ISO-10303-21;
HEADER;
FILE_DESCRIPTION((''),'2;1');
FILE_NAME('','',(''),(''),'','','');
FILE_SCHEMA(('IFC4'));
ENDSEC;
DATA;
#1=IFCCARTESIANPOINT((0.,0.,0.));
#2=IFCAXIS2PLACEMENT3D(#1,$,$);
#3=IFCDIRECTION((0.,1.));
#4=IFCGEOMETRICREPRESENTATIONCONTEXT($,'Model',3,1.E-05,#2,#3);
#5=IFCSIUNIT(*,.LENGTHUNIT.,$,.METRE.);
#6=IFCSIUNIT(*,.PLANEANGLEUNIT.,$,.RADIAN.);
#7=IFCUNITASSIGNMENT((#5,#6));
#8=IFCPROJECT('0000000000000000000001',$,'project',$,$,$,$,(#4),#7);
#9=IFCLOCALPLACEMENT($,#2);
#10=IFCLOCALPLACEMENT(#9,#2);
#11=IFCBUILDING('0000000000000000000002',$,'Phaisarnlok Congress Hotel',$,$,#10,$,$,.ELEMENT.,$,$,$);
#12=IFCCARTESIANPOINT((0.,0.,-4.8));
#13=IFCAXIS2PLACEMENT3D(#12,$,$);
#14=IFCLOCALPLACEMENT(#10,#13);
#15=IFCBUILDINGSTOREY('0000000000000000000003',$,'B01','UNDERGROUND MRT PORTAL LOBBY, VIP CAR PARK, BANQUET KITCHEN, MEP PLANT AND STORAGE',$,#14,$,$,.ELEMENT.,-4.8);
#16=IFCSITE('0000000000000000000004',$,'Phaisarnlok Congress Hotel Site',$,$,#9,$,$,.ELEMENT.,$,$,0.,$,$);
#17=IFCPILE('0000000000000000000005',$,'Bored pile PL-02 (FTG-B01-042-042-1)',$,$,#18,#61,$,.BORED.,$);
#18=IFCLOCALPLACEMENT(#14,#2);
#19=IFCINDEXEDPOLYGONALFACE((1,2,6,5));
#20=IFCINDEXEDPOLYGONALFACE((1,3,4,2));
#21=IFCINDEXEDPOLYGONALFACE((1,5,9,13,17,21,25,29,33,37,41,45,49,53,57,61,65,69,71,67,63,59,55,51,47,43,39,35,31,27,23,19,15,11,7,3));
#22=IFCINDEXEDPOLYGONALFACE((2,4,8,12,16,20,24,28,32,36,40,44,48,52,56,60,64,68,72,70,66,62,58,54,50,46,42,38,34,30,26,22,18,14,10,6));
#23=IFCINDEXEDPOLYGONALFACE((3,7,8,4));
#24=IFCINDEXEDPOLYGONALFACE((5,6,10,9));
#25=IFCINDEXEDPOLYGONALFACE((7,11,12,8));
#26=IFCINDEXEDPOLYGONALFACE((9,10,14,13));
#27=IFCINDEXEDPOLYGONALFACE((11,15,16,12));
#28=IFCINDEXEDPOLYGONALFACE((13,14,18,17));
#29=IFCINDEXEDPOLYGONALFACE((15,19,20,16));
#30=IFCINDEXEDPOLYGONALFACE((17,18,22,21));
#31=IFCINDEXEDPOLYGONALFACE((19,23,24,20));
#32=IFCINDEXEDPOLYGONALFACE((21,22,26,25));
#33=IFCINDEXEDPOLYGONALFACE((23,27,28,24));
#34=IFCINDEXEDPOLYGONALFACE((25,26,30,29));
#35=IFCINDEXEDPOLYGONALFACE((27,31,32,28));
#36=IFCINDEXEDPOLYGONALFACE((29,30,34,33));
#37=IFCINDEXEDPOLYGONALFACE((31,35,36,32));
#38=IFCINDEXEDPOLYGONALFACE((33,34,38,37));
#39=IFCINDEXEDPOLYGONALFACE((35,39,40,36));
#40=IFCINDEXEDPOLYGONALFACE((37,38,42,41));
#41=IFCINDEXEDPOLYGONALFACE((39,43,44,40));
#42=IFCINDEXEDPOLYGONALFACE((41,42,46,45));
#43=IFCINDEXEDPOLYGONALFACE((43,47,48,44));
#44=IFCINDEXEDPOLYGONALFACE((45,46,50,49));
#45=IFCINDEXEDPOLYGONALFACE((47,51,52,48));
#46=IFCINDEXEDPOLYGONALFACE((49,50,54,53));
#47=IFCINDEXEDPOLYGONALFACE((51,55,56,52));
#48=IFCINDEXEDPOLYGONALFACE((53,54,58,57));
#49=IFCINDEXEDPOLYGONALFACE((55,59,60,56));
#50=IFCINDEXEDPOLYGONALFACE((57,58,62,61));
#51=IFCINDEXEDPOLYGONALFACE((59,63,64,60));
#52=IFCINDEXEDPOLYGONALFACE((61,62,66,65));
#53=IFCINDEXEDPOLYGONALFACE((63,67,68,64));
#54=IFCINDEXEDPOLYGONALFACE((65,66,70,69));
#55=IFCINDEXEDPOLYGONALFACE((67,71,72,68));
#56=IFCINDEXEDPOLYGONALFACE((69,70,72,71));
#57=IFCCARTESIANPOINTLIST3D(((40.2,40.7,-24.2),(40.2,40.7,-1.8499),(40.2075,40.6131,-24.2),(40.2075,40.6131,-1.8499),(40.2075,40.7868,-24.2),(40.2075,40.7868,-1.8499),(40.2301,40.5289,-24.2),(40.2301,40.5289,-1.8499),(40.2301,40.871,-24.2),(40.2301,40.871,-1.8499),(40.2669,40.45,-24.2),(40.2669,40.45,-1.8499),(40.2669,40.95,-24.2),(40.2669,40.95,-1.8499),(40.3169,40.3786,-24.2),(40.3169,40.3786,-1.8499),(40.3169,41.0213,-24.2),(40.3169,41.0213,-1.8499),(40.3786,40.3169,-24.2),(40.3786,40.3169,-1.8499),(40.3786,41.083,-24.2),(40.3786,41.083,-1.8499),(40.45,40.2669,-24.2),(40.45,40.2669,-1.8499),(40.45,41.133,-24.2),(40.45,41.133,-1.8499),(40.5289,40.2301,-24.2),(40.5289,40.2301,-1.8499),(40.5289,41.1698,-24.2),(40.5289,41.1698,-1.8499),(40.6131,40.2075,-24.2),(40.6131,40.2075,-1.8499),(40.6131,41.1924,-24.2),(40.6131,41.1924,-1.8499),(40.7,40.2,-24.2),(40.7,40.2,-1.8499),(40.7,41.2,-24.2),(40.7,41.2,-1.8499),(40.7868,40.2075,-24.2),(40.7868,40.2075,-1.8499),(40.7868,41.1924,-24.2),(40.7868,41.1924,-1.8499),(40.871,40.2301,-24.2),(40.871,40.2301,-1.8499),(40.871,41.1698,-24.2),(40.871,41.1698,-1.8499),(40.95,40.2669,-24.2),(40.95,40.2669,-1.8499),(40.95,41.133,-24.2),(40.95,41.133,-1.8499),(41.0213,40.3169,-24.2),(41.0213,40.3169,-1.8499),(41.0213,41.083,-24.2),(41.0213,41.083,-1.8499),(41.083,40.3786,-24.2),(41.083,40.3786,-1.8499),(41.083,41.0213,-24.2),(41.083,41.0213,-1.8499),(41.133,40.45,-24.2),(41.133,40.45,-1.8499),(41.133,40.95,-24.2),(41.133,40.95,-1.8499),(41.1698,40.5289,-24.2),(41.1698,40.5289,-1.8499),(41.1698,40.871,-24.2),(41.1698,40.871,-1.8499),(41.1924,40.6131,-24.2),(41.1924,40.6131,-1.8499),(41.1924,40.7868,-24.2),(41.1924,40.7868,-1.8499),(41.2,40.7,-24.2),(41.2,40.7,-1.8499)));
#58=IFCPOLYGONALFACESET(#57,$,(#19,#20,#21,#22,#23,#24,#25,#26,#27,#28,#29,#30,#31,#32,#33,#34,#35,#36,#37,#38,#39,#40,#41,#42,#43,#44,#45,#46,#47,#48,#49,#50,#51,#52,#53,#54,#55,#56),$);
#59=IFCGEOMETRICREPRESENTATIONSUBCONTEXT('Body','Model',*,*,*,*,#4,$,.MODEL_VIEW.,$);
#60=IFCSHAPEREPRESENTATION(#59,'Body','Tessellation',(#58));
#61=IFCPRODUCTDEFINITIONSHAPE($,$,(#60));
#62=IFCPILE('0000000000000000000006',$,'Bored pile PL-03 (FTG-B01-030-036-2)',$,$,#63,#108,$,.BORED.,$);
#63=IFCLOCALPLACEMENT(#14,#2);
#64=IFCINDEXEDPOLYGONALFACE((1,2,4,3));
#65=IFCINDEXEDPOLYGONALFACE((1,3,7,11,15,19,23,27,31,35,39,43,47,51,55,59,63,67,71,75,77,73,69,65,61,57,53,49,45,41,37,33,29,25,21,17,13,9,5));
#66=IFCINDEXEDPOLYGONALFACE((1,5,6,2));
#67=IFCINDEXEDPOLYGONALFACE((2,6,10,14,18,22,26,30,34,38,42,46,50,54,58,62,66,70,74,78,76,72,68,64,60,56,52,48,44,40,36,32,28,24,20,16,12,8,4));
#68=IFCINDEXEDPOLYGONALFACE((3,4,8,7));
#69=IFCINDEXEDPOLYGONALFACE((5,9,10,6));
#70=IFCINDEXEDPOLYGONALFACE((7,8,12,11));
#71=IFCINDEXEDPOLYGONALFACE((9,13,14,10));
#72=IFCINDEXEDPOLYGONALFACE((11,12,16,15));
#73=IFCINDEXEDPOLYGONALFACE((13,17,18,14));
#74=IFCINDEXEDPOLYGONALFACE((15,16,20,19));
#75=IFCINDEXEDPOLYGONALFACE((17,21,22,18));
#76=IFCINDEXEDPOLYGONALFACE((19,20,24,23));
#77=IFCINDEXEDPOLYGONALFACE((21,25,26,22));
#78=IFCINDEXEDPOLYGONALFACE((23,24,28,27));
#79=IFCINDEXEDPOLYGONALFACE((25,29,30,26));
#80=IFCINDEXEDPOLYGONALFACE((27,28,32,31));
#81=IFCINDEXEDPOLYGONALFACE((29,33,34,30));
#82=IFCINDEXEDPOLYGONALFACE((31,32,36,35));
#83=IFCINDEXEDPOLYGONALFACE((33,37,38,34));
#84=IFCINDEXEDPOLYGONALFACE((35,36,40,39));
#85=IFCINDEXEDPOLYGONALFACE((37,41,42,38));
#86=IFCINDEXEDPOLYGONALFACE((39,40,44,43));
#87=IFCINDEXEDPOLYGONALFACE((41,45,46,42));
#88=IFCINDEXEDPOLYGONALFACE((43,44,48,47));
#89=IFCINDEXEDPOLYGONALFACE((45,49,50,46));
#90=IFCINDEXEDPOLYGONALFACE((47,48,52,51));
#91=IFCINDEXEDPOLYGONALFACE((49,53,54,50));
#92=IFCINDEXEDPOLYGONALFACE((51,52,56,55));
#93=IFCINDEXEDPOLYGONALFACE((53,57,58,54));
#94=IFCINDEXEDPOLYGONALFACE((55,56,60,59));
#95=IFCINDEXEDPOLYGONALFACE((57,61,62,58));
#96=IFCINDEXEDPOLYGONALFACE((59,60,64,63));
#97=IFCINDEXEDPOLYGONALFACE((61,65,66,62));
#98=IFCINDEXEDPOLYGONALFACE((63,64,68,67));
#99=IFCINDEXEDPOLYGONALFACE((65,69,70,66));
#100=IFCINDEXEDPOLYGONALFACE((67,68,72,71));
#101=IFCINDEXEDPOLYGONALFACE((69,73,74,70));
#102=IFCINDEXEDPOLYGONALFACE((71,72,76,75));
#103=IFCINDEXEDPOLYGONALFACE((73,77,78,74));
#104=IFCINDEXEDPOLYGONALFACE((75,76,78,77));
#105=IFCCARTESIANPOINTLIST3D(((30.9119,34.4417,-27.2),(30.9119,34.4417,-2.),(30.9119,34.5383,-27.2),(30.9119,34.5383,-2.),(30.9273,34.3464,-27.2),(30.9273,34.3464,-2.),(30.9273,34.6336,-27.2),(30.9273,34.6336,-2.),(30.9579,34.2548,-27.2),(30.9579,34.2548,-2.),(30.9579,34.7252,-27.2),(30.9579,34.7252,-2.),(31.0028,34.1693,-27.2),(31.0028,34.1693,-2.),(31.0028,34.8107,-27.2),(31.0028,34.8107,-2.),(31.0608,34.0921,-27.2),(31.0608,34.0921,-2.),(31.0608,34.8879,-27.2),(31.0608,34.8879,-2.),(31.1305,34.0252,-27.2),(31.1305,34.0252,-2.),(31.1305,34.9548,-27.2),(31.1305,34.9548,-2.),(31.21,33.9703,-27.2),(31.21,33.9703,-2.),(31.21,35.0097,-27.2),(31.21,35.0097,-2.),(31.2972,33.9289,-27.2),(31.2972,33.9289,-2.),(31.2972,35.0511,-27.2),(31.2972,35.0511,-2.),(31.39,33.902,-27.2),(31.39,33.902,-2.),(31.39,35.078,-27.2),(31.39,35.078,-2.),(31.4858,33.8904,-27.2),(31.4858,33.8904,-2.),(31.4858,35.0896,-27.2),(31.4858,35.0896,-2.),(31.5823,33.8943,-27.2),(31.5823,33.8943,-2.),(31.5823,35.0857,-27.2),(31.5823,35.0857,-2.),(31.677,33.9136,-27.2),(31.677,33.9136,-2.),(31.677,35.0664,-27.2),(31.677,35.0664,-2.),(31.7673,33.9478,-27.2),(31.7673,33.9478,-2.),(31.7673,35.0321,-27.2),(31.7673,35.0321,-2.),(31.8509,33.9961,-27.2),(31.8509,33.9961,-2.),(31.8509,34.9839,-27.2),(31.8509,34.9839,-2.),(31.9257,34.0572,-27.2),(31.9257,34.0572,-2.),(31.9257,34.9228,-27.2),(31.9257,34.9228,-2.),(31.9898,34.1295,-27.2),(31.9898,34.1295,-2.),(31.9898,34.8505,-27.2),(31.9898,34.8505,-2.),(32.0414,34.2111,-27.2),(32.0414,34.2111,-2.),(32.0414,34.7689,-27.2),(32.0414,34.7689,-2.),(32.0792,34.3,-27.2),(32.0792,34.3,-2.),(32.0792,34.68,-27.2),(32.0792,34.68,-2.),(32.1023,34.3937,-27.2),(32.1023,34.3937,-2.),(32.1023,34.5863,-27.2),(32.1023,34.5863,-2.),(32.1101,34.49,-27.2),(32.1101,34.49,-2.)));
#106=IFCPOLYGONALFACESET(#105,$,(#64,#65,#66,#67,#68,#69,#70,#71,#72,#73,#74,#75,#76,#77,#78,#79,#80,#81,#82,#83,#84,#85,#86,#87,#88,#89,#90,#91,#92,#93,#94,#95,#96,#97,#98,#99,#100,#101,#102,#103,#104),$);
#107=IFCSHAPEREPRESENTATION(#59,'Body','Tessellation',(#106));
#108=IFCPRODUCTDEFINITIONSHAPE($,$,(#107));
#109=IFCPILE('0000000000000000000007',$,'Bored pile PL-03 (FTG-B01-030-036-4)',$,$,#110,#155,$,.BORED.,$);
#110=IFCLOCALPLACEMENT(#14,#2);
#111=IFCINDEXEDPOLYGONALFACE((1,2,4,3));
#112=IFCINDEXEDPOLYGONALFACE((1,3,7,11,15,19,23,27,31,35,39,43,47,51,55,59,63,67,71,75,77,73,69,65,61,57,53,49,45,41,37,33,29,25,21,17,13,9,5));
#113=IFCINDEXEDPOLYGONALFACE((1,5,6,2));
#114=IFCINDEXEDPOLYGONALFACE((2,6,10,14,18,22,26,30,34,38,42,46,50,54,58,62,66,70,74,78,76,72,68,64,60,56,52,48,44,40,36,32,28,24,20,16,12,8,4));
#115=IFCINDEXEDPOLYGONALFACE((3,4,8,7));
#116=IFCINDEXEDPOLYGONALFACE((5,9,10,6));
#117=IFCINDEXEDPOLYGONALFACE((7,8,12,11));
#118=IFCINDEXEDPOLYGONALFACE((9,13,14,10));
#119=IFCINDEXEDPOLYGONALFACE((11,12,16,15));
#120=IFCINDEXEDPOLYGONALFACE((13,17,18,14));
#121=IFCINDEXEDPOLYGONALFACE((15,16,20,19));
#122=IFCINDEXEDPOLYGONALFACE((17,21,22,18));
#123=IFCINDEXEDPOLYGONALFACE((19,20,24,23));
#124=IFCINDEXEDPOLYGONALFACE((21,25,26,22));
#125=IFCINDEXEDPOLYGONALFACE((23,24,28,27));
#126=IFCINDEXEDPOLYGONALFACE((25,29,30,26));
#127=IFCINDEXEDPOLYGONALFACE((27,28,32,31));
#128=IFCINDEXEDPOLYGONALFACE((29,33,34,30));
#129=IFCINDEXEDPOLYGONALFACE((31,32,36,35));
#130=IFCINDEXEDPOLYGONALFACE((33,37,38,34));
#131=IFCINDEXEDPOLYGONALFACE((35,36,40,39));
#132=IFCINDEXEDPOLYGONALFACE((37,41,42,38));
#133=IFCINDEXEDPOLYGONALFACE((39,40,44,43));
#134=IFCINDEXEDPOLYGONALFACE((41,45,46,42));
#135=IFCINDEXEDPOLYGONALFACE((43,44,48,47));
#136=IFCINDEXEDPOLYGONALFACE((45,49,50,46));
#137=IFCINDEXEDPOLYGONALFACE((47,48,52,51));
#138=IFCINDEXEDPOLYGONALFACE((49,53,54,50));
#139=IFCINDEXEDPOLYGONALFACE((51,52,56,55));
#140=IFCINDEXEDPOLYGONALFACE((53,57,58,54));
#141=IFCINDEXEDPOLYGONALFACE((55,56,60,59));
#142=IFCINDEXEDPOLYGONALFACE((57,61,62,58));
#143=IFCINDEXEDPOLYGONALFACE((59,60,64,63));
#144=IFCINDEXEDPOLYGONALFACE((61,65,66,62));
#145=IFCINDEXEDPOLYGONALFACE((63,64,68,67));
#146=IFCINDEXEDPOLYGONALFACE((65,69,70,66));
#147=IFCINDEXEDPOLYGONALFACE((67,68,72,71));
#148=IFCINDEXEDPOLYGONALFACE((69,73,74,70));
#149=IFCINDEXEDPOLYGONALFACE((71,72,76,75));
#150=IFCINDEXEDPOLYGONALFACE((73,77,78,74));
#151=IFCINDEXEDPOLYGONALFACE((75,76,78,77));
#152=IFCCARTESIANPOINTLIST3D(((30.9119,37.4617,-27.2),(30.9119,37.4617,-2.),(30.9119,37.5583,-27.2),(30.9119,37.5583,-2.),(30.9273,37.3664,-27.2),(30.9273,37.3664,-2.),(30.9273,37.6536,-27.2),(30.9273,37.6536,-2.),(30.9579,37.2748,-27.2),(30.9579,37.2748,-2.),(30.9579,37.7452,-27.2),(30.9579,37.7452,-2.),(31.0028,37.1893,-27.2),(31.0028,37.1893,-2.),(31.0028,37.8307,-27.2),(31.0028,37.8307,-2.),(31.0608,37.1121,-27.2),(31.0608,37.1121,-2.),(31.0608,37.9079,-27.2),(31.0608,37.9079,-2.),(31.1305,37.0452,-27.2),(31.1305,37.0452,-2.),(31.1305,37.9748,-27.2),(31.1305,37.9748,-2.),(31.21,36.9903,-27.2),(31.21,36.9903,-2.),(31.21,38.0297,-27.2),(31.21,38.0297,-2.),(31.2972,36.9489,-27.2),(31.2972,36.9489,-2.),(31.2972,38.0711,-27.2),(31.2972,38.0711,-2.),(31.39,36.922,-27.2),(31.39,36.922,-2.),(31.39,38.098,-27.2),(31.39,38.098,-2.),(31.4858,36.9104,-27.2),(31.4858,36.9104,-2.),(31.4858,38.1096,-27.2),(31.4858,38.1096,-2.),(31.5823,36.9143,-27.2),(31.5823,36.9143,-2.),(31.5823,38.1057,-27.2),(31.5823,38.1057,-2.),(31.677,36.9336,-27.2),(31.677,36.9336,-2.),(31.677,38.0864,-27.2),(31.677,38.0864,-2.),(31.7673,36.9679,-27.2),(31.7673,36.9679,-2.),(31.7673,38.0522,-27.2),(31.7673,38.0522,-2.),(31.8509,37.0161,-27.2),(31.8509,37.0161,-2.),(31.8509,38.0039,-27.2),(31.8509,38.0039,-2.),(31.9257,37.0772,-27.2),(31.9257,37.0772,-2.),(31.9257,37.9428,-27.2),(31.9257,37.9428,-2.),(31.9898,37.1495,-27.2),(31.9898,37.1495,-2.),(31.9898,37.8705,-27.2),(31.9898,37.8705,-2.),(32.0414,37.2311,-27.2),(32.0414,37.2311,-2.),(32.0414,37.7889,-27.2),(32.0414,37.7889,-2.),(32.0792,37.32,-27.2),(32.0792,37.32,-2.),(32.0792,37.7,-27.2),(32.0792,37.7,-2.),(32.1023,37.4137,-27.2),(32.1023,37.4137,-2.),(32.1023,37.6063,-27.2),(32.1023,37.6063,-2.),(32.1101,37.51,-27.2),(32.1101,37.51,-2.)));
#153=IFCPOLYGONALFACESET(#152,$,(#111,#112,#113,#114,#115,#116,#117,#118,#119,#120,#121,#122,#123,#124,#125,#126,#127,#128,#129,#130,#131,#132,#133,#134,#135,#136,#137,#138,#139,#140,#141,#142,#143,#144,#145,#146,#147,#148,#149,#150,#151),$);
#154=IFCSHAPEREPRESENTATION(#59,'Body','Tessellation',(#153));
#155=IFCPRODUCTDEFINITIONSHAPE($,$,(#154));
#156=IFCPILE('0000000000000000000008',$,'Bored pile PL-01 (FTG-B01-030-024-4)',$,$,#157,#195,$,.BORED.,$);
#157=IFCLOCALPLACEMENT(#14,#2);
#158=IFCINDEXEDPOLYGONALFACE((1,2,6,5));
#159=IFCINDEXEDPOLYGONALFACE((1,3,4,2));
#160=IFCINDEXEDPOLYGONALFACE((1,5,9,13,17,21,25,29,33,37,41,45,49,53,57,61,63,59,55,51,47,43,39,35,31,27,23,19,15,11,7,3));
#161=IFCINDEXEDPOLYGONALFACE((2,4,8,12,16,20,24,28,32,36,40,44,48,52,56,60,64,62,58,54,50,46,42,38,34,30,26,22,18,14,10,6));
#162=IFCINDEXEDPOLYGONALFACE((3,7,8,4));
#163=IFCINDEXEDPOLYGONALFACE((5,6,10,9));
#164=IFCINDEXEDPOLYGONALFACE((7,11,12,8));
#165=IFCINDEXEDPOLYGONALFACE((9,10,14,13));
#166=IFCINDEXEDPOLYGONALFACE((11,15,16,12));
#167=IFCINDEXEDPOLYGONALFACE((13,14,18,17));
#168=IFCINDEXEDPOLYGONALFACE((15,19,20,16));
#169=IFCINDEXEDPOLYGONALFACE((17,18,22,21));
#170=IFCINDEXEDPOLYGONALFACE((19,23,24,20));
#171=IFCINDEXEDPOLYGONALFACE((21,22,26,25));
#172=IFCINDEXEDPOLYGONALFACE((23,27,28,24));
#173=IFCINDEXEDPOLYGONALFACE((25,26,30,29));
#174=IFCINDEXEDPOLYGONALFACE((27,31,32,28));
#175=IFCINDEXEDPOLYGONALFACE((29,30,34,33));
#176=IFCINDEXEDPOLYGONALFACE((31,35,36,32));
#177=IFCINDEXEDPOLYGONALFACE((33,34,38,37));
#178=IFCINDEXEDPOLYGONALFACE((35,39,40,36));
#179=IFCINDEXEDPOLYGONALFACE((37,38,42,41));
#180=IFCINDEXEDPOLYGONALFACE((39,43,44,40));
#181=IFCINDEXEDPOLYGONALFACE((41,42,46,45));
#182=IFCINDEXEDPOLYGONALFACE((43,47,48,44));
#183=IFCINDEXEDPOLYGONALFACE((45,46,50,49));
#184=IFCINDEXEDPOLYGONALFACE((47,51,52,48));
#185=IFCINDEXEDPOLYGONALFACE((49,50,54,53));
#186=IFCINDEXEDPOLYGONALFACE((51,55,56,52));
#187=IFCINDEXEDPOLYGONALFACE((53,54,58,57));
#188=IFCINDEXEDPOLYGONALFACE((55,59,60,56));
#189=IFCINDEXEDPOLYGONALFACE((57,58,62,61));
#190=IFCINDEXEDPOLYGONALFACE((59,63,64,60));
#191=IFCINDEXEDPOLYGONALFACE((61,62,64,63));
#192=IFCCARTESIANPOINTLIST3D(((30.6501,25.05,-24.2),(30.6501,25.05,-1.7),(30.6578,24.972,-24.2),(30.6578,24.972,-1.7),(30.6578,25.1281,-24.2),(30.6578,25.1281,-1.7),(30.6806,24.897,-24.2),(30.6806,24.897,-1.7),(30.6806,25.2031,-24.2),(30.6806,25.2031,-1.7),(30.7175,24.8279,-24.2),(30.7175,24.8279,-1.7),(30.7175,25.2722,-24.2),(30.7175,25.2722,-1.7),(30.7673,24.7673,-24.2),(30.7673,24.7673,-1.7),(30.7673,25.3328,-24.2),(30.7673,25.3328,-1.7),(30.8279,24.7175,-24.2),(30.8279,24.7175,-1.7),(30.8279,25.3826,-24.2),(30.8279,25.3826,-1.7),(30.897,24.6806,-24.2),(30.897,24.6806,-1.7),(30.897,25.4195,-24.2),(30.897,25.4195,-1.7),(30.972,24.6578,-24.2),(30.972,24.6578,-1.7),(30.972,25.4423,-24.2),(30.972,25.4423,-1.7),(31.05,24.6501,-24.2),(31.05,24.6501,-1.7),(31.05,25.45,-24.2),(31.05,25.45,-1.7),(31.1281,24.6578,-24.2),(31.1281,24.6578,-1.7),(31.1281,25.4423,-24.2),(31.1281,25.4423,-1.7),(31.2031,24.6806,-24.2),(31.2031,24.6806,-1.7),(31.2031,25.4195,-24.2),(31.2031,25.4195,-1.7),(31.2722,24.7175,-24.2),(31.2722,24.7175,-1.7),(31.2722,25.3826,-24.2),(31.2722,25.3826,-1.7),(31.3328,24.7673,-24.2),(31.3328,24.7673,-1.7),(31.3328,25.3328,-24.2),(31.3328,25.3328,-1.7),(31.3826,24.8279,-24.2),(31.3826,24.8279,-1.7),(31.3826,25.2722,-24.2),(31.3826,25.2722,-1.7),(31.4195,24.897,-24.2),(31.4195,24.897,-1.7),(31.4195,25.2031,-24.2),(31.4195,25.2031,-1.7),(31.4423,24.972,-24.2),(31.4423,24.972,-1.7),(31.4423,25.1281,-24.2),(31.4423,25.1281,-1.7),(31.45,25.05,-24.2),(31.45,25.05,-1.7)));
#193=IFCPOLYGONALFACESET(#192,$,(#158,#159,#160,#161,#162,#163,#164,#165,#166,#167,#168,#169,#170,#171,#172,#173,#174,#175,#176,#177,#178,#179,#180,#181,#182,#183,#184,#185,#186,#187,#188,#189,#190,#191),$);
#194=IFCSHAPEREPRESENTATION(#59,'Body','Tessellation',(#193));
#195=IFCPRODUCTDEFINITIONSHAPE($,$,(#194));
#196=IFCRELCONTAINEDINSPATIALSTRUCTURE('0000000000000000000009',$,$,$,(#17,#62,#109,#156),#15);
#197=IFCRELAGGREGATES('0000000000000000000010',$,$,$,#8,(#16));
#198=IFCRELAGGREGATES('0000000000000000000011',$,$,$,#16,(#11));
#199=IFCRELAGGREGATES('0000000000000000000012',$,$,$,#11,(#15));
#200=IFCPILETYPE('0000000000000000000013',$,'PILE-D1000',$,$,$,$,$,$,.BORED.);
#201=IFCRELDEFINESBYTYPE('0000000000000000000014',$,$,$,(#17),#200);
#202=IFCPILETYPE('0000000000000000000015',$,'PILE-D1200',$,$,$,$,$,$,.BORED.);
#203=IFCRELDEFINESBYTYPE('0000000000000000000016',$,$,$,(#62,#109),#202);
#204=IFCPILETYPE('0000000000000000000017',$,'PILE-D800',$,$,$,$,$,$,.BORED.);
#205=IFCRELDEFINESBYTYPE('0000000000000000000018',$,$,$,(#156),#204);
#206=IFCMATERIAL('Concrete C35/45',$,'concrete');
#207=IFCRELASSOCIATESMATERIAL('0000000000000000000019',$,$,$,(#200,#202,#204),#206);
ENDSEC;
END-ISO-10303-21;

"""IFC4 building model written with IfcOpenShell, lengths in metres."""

from ifc_helpers import new_model, si_unit, direction, frame, origin, origin_2d, place, context, subcontext, project, spatial, circle, extrude, material, material_profile, profile_set, type_object, element, save


model = new_model("IFC4")

# Units and contexts
model_context = context("Model", 3, precision=1e-05, world=origin(), true_north=direction((0.0, 1.0)))
body_context = subcontext(model_context, "Body", "Model", "MODEL_VIEW")
ifc_project = project(units=[si_unit("LENGTHUNIT", "METRE"), si_unit("PLANEANGLEUNIT", "RADIAN")], contexts=[model_context])

# Site, building, storey
site_placement = place(None, origin())
site = spatial("IfcSite", under=ifc_project, at=site_placement, Name="Phaisarnlok Congress Hotel Site", CompositionType="ELEMENT", RefElevation=0.0)
building_placement = place(site_placement, origin())
building = spatial("IfcBuilding", under=site, at=building_placement, Name="Phaisarnlok Congress Hotel", CompositionType="ELEMENT")
storey_placement = place(building_placement, frame((0.0, 0.0, -4.8)))
storey = spatial("IfcBuildingStorey", under=building, at=storey_placement, Name="B01", Description="UNDERGROUND MRT PORTAL LOBBY, VIP CAR PARK, BANQUET KITCHEN, MEP PLANT AND STORAGE", CompositionType="ELEMENT", Elevation=-4.8)

# Piles
ifc_material_1 = material(Name="Concrete C35/45", Category="concrete")
ifc_material_profile_1 = material_profile(ifc_material_1, circle(Radius=0.5, at=origin_2d()), Name="BORED PILE D1000")
ifc_profile_set_1 = profile_set([ifc_material_profile_1], Name="Concrete C35/45")
pile_type_1 = type_object("IfcPileType", Name="PILE-D1000", PredefinedType="BORED", material=ifc_profile_set_1)
for number, where, z_axis, x_axis, name in (
    (1, (40.7, 40.7, -1.8499), (0.0, 0.0, -1.0), (1.0, 0.0, 0.0), "Bored pile PL-02 (FTG-B01-042-042-1)"),
):
    element("IfcPile", number, at=place(storey_placement, frame(where, z_axis=z_axis, x_axis=x_axis)), inside=storey, type_object=pile_type_1, Name=name, PredefinedType="BORED", context=body_context, shape_type="SweptSolid", body=[
        extrude(circle(Radius=0.5, at=origin_2d()), origin(), (0.0, 0.0, 1.0), 22.3501),
    ])
ifc_material_profile_2 = material_profile(ifc_material_1, circle(Radius=0.6001, at=origin_2d()), Name="BORED PILE D1200")
ifc_profile_set_2 = profile_set([ifc_material_profile_2], Name="Concrete C35/45")
pile_type_2 = type_object("IfcPileType", Name="PILE-D1200", PredefinedType="BORED", material=ifc_profile_set_2)
for number, where, z_axis, x_axis, name in (
    (2, (31.51, 34.49, -2.0), (0.0, 0.0, -1.0), (1.0, 0.0, 0.0), "Bored pile PL-03 (FTG-B01-030-036-2)"),
    (3, (31.51, 37.51, -2.0), (0.0, 0.0, -1.0), (1.0, 0.0, 0.0), "Bored pile PL-03 (FTG-B01-030-036-4)"),
):
    element("IfcPile", number, at=place(storey_placement, frame(where, z_axis=z_axis, x_axis=x_axis)), inside=storey, type_object=pile_type_2, Name=name, PredefinedType="BORED", context=body_context, shape_type="SweptSolid", body=[
        extrude(circle(Radius=0.6001, at=origin_2d()), origin(), (0.0, 0.0, 1.0), 25.2),
    ])
ifc_material_profile_3 = material_profile(ifc_material_1, circle(Radius=0.3999, at=origin_2d()), Name="BORED PILE D800")
ifc_profile_set_3 = profile_set([ifc_material_profile_3], Name="Concrete C35/45")
pile_type_3 = type_object("IfcPileType", Name="PILE-D800", PredefinedType="BORED", material=ifc_profile_set_3)
pile_placement = place(storey_placement, frame((31.05, 25.05, -1.7), z_axis=(0.0, 0.0, -1.0), x_axis=(1.0, 0.0, 0.0)))
element("IfcPile", 4, at=pile_placement, inside=storey, type_object=pile_type_3, Name="Bored pile PL-01 (FTG-B01-030-024-4)", PredefinedType="BORED", context=body_context, shape_type="SweptSolid", body=[
    extrude(circle(Radius=0.3999, at=origin_2d()), origin(), (0.0, 0.0, 1.0), 22.5),
])

save(model, "model.ifc")
